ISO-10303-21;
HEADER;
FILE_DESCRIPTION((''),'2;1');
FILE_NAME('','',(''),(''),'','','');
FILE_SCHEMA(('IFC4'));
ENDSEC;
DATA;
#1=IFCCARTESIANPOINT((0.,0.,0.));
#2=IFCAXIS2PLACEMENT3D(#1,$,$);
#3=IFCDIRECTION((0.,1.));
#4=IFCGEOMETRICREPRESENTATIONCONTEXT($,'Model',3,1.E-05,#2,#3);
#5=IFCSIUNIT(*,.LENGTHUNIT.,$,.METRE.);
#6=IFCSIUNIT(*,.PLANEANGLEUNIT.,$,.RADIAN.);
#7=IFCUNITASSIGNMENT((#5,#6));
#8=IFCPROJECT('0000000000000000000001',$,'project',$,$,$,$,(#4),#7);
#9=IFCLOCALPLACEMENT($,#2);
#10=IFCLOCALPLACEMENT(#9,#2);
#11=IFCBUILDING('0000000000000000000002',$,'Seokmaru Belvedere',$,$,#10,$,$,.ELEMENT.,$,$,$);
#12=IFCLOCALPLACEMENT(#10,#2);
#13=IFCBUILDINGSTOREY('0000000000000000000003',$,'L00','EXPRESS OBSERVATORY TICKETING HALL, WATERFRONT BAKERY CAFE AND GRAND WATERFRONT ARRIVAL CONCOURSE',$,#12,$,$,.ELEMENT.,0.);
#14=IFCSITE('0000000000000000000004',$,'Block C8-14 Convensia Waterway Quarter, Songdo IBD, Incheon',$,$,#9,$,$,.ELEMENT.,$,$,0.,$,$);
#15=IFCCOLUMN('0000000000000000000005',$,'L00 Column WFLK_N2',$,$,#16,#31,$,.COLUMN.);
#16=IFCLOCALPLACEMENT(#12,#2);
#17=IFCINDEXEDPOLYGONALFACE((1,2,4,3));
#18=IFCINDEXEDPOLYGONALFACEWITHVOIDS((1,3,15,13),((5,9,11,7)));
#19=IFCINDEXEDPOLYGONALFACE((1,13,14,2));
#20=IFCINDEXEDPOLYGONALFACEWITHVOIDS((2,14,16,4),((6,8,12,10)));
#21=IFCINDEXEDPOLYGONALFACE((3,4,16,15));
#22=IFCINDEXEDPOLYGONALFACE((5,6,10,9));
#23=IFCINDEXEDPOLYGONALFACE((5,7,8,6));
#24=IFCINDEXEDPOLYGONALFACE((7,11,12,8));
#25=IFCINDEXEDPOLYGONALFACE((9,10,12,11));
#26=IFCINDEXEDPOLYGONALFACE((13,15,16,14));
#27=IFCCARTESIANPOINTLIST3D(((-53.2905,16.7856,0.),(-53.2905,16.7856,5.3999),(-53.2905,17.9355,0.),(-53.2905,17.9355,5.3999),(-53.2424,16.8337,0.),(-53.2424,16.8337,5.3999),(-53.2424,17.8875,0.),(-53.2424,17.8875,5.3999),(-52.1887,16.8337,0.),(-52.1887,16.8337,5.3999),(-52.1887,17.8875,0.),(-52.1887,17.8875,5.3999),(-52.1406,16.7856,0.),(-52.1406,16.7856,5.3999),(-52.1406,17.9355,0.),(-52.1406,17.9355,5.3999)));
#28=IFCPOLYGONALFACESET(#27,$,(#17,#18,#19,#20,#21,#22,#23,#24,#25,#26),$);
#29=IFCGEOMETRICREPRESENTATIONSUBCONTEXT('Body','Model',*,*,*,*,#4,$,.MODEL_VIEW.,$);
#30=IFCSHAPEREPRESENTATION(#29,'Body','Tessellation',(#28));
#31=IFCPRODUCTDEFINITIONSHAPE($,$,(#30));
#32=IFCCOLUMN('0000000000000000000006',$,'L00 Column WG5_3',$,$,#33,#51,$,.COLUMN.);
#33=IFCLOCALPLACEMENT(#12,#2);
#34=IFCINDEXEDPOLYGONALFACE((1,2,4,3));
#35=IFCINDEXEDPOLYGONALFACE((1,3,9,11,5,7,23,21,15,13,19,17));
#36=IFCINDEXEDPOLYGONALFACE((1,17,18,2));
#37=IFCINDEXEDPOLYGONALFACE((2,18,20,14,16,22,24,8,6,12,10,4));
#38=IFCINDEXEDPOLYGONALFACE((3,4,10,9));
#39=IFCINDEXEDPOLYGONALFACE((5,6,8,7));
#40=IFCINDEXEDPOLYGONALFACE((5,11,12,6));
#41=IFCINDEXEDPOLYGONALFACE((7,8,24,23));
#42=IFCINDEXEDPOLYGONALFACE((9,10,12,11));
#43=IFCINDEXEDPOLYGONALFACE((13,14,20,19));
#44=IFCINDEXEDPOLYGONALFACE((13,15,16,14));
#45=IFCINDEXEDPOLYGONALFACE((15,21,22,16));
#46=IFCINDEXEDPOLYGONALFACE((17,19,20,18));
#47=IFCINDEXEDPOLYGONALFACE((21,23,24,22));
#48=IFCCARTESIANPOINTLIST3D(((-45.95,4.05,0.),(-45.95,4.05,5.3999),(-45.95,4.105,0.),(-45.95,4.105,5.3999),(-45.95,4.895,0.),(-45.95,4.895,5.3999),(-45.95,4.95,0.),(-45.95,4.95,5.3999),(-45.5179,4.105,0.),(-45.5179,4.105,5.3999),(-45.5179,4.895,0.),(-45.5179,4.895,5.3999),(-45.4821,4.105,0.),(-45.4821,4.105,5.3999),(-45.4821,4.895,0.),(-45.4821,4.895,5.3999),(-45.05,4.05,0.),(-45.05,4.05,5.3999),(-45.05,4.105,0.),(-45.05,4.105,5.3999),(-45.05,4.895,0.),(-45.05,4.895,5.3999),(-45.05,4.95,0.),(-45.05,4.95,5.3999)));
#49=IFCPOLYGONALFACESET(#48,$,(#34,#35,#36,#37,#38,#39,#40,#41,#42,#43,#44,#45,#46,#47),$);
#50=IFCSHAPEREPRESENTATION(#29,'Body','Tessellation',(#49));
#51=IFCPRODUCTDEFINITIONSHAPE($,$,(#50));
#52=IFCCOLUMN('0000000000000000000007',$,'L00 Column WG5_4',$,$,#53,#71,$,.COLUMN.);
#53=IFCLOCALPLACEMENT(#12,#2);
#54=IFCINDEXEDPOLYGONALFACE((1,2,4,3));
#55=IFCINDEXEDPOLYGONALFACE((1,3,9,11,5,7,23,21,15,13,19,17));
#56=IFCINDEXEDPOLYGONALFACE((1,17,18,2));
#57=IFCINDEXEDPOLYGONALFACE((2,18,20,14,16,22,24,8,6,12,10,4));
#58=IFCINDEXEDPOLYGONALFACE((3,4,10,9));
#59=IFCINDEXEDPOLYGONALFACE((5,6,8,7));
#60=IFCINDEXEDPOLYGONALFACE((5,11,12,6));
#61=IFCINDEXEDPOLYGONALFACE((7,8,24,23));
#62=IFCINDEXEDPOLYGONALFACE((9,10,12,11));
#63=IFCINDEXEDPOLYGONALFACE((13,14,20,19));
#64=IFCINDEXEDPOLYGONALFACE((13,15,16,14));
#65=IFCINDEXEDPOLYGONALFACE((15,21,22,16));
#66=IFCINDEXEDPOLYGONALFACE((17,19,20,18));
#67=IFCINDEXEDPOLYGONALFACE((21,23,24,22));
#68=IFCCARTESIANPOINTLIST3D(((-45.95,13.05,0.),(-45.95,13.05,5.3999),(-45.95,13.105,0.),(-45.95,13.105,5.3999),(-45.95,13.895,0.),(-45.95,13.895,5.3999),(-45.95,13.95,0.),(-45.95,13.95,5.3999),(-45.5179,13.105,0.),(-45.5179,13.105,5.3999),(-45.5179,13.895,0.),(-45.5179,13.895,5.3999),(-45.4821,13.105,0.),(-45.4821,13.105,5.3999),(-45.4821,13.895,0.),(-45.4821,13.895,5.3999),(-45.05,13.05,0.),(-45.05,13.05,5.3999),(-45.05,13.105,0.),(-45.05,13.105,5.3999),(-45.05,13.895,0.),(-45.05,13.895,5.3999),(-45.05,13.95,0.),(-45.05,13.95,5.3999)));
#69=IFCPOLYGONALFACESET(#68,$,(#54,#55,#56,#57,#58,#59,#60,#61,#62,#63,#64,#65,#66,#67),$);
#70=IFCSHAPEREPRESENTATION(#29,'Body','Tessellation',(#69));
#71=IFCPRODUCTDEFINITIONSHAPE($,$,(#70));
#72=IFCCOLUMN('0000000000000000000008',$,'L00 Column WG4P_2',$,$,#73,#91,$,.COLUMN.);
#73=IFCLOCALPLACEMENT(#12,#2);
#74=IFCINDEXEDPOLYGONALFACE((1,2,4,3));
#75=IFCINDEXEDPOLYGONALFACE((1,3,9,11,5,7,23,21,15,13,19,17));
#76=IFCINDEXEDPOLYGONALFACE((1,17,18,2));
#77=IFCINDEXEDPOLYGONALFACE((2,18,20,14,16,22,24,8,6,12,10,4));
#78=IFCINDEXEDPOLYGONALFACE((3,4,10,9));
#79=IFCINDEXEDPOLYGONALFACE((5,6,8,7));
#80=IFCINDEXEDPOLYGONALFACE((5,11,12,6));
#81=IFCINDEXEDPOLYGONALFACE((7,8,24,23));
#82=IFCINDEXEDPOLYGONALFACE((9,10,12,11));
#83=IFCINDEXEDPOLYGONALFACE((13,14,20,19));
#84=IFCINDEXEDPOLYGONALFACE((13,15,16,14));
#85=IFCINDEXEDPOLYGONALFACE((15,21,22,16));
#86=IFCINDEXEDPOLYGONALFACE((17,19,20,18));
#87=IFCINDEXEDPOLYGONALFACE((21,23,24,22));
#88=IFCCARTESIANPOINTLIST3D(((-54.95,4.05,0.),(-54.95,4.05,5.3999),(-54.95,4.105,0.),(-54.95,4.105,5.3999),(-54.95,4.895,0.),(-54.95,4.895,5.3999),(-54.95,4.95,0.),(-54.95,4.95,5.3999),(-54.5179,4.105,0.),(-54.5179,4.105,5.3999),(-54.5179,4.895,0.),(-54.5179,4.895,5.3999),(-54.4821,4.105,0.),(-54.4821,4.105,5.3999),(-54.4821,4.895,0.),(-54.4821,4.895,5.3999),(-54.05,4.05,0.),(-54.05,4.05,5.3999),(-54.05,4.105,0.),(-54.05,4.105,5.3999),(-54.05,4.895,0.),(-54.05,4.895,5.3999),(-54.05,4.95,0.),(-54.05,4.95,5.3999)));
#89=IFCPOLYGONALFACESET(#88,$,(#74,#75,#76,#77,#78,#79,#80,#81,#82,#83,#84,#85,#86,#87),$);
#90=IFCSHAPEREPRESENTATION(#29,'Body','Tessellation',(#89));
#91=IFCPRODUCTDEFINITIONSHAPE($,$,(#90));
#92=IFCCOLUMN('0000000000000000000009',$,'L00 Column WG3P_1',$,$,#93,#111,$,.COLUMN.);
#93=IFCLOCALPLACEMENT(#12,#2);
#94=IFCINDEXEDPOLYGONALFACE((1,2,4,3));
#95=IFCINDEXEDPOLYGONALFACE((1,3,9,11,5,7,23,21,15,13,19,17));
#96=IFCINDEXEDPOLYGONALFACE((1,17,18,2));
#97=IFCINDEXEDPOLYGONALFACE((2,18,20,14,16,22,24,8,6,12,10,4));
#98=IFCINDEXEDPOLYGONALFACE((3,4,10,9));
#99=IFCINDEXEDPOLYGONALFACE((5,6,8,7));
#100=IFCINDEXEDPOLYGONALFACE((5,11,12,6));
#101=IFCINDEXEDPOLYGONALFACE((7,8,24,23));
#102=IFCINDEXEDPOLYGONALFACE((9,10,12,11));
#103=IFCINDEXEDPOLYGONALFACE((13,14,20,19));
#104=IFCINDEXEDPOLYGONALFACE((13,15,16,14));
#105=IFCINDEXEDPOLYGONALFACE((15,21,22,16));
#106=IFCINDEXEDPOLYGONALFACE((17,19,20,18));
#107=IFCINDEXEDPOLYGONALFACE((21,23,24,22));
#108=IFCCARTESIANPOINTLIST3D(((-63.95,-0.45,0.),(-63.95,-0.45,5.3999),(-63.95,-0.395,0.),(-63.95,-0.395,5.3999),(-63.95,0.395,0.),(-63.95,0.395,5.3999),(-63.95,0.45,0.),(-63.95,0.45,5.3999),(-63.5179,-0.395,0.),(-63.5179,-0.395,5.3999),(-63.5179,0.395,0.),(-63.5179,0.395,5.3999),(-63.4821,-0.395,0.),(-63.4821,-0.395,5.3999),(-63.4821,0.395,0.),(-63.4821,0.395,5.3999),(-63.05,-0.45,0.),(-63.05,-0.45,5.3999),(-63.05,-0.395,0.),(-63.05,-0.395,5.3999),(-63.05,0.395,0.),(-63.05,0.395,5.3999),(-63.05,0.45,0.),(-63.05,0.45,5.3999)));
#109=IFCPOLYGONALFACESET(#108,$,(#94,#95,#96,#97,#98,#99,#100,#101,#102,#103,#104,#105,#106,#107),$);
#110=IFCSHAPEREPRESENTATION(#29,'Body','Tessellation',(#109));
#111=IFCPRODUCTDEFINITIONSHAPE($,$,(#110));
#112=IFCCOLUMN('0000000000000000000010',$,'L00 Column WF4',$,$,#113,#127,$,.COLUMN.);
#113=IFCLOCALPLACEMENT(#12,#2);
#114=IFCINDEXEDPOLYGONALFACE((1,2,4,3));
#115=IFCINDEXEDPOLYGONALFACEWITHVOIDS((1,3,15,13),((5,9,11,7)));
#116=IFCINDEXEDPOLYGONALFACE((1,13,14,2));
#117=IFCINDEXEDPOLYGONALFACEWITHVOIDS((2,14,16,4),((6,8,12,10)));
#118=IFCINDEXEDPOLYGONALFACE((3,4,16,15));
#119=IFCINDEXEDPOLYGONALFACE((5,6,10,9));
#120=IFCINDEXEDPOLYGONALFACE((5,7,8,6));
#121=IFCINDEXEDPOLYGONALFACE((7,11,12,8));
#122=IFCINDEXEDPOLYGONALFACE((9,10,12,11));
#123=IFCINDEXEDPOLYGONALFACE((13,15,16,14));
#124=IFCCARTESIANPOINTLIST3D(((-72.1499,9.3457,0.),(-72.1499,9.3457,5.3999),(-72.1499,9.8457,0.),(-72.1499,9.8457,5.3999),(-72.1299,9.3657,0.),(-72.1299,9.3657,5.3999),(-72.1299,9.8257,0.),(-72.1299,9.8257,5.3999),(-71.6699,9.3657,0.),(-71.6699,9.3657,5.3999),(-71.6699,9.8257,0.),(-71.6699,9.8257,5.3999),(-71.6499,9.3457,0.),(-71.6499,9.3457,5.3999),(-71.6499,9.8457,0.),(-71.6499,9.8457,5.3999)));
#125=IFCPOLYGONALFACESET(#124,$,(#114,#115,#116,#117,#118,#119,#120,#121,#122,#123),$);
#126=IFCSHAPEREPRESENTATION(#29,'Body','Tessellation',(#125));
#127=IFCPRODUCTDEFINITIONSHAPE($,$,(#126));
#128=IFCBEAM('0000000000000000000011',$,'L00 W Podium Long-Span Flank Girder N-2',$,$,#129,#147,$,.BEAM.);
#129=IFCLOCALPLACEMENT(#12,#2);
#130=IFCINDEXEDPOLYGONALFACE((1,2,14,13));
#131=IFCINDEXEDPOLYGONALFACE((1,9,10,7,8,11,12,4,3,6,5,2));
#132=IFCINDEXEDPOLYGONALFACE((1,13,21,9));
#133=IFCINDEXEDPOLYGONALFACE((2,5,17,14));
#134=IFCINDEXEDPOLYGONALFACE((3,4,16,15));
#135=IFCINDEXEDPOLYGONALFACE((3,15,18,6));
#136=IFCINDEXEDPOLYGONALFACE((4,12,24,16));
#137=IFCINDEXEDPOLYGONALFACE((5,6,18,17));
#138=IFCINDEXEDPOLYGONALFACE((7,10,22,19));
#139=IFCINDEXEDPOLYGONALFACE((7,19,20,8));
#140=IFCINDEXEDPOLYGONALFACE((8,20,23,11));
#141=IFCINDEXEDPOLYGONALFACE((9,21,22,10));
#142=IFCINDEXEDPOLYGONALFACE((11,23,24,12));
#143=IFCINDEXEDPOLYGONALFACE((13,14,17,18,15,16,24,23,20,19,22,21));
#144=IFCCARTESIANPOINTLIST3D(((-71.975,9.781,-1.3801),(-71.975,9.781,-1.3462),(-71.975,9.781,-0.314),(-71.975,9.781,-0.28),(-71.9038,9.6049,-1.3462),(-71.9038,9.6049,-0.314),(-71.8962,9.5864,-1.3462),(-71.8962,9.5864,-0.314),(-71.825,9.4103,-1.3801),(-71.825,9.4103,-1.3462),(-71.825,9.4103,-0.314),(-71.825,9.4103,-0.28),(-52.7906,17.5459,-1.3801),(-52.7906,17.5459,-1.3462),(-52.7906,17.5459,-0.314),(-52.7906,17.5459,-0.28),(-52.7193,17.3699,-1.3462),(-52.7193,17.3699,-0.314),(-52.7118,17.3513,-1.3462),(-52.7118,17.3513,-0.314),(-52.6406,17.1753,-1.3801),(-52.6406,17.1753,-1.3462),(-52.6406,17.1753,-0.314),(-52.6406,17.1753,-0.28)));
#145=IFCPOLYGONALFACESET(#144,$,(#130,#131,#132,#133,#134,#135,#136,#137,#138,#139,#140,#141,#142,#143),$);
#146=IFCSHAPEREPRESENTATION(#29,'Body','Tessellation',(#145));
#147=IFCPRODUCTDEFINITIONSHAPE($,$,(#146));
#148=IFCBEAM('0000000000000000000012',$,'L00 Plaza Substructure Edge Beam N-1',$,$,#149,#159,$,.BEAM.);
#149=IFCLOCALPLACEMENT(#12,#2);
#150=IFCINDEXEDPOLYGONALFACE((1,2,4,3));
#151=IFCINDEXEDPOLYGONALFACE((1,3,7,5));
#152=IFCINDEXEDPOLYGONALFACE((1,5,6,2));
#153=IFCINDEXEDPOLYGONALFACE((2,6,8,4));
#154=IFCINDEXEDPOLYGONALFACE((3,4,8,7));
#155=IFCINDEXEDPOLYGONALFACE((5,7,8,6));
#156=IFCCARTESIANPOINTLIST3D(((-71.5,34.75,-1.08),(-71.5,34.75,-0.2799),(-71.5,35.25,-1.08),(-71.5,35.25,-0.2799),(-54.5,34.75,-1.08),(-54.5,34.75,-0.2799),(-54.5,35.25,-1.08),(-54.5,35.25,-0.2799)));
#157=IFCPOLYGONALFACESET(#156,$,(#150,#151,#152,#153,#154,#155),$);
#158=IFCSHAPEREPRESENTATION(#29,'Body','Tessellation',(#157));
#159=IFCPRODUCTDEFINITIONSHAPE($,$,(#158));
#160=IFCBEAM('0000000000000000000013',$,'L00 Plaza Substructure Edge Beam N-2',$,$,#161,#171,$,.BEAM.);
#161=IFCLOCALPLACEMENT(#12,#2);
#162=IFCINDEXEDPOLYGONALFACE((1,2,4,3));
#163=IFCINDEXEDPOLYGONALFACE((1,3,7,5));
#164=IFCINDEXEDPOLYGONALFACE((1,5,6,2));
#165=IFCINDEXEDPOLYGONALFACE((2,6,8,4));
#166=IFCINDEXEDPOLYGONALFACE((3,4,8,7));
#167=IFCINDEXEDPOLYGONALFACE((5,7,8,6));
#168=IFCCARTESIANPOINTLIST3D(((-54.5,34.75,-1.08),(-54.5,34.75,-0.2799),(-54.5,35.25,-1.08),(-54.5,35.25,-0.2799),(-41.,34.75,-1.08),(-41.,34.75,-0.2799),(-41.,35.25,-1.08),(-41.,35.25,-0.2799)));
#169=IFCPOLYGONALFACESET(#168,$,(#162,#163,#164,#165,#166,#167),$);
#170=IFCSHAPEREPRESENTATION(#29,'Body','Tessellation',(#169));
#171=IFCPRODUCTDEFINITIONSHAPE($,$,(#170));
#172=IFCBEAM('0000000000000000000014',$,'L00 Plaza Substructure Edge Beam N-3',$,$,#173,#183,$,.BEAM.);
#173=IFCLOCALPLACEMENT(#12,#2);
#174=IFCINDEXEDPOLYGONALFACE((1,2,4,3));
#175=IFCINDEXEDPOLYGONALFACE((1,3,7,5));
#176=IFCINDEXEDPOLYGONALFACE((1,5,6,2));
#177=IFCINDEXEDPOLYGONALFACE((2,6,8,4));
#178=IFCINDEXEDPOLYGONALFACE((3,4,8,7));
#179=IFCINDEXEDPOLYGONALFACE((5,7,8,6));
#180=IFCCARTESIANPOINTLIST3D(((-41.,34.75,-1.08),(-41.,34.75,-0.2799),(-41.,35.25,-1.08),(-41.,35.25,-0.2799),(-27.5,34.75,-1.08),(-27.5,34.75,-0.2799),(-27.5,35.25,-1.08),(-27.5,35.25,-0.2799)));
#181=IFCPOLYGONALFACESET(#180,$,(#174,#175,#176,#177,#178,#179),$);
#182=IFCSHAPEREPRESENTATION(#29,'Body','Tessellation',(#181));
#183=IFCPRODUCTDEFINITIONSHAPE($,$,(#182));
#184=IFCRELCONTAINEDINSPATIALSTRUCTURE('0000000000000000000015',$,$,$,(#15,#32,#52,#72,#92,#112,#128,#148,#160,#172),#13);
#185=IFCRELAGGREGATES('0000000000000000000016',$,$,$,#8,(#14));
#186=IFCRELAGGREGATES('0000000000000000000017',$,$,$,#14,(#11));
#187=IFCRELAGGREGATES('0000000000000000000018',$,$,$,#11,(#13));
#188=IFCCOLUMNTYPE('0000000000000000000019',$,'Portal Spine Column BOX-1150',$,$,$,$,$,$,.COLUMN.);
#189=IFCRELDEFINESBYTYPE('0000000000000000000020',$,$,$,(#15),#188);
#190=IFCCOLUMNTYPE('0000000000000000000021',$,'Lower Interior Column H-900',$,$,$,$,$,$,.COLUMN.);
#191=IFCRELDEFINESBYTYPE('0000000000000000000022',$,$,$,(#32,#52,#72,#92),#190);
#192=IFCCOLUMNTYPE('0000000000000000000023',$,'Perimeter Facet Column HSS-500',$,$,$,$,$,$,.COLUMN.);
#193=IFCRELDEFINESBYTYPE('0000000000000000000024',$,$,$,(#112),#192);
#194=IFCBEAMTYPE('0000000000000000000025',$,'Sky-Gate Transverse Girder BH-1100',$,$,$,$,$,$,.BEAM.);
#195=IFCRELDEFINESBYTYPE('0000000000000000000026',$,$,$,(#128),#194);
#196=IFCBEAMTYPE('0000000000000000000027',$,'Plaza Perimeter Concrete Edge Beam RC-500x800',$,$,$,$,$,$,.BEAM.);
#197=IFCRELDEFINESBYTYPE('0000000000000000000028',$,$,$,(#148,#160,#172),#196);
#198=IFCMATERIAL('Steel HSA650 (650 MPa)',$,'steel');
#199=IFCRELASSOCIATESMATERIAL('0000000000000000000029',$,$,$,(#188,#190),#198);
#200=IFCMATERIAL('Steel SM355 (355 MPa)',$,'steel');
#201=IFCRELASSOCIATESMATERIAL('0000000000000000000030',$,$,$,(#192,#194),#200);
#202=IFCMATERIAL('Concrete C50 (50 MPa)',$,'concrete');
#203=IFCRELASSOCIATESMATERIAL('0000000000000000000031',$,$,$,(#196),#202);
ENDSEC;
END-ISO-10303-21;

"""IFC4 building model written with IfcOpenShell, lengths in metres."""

from ifc_helpers import new_model, si_unit, direction, frame, origin, origin_2d, place, context, subcontext, project, spatial, rectangle, hollow_rectangle, i_section, extrude, source, transform, mapped, material, material_profile, profile_set, type_object, type_shapes, element, save


model = new_model("IFC4")

# Units and contexts
model_context = context("Model", 3, precision=1e-05, world=origin(), true_north=direction((0.0, 1.0)))
body_context = subcontext(model_context, "Body", "Model", "MODEL_VIEW")
ifc_project = project(units=[si_unit("LENGTHUNIT", "METRE"), si_unit("PLANEANGLEUNIT", "RADIAN")], contexts=[model_context])

# Site, building, storey
site_placement = place(None, origin())
site = spatial("IfcSite", under=ifc_project, at=site_placement, Name="Block C8-14 Convensia Waterway Quarter, Songdo IBD, Incheon", CompositionType="ELEMENT", RefElevation=0.0)
building_placement = place(site_placement, origin())
building = spatial("IfcBuilding", under=site, at=building_placement, Name="Seokmaru Belvedere", CompositionType="ELEMENT")
storey_placement = place(building_placement, origin())
storey = spatial("IfcBuildingStorey", under=building, at=storey_placement, Name="L00", Description="EXPRESS OBSERVATORY TICKETING HALL, WATERFRONT BAKERY CAFE AND GRAND WATERFRONT ARRIVAL CONCOURSE", CompositionType="ELEMENT", Elevation=0.0)

# Columns
ifc_material_1 = material(Name="Steel HSA650 (650 MPa)", Category="steel")
ifc_material_profile_1 = material_profile(ifc_material_1, hollow_rectangle(XDim=1.1499, YDim=1.1499, WallThickness=0.0481, at=origin_2d()), Name="BOX-1150x1150x48")
ifc_profile_set_1 = profile_set([ifc_material_profile_1], Name="Steel HSA650 (650 MPa)")
column_type_1 = type_object("IfcColumnType", Name="Portal Spine Column BOX-1150", PredefinedType="COLUMN", material=ifc_profile_set_1)
shared_shape_1 = source(origin(), body_context, "Body", "SweptSolid", [
    extrude(hollow_rectangle(XDim=1.1499, YDim=1.1499, WallThickness=0.0481, at=origin_2d()), origin(), (0.0, 0.0, 1.0), 5.3999),
])
type_shapes(column_type_1, [shared_shape_1])
column_1_placement = place(storey_placement, frame((-52.7156, 17.3606, 0.0), z_axis=(0.0, 0.0, 1.0), x_axis=(1.0, 0.0, 0.0)))
element("IfcColumn", 1, at=column_1_placement, inside=storey, type_object=column_type_1, Name="L00 Column WFLK_N2", PredefinedType="COLUMN", context=body_context, shape_type="MappedRepresentation", body=[
    mapped(shared_shape_1, transform((0.0, 0.0, 0.0), scale=1.0)),
])
ifc_material_profile_2 = material_profile(ifc_material_1, i_section(OverallWidth=0.8999, OverallDepth=0.8999, WebThickness=0.0359, FlangeThickness=0.0549, at=origin_2d()), Name="H-900x900x36x55")
ifc_profile_set_2 = profile_set([ifc_material_profile_2], Name="Steel HSA650 (650 MPa)")
column_type_2 = type_object("IfcColumnType", Name="Lower Interior Column H-900", PredefinedType="COLUMN", material=ifc_profile_set_2)
shared_shape_2 = source(origin(), body_context, "Body", "SweptSolid", [
    extrude(i_section(OverallWidth=0.8999, OverallDepth=0.8999, WebThickness=0.0359, FlangeThickness=0.0549, at=origin_2d()), origin(), (0.0, 0.0, 1.0), 5.3999),
])
type_shapes(column_type_2, [shared_shape_2])
for number, where, z_axis, x_axis, name in (
    (2, (-45.5, 4.5, 0.0), (0.0, 0.0, 1.0), (1.0, 0.0, 0.0), "L00 Column WG5_3"),
    (3, (-45.5, 13.5, 0.0), (0.0, 0.0, 1.0), (1.0, 0.0, 0.0), "L00 Column WG5_4"),
    (4, (-54.5, 4.5, 0.0), (0.0, 0.0, 1.0), (1.0, 0.0, 0.0), "L00 Column WG4P_2"),
    (5, (-63.5, 0.0, 0.0), (0.0, 0.0, 1.0), (1.0, 0.0, 0.0), "L00 Column WG3P_1"),
):
    element("IfcColumn", number, at=place(storey_placement, frame(where, z_axis=z_axis, x_axis=x_axis)), inside=storey, type_object=column_type_2, Name=name, PredefinedType="COLUMN", context=body_context, shape_type="MappedRepresentation", body=[
        mapped(shared_shape_2, transform((0.0, 0.0, 0.0), scale=1.0)),
    ])
ifc_material_2 = material(Name="Steel SM355 (355 MPa)", Category="steel")
ifc_material_profile_3 = material_profile(ifc_material_2, hollow_rectangle(XDim=0.5, YDim=0.5, WallThickness=0.02, at=origin_2d()), Name="HSS-500x500x20")
ifc_profile_set_3 = profile_set([ifc_material_profile_3], Name="Steel SM355 (355 MPa)")
column_type_3 = type_object("IfcColumnType", Name="Perimeter Facet Column HSS-500", PredefinedType="COLUMN", material=ifc_profile_set_3)
shared_shape_3 = source(origin(), body_context, "Body", "SweptSolid", [
    extrude(hollow_rectangle(XDim=0.5, YDim=0.5, WallThickness=0.02, at=origin_2d()), origin(), (0.0, 0.0, 1.0), 5.3999),
])
type_shapes(column_type_3, [shared_shape_3])
column_2_placement = place(storey_placement, frame((-71.8999, 9.5957, 0.0), z_axis=(0.0, 0.0, 1.0), x_axis=(1.0, 0.0, 0.0)))
element("IfcColumn", 6, at=column_2_placement, inside=storey, type_object=column_type_3, Name="L00 Column WF4", PredefinedType="COLUMN", context=body_context, shape_type="MappedRepresentation", body=[
    mapped(shared_shape_3, transform((0.0, 0.0, 0.0), scale=1.0)),
])

# Beams
ifc_material_profile_4 = material_profile(ifc_material_2, i_section(OverallWidth=0.3999, OverallDepth=1.1001, WebThickness=0.02, FlangeThickness=0.0339, at=origin_2d()), Name="BH-1100x400x20x34")
ifc_profile_set_4 = profile_set([ifc_material_profile_4], Name="Steel SM355 (355 MPa)")
beam_type_1 = type_object("IfcBeamType", Name="Sky-Gate Transverse Girder BH-1100", PredefinedType="BEAM", material=ifc_profile_set_4)
shared_shape_4 = source(origin(), body_context, "Body", "SweptSolid", [
    extrude(i_section(OverallWidth=0.3999, OverallDepth=1.1001, WebThickness=0.02, FlangeThickness=0.0339, at=origin_2d()), origin(), (0.0, 0.0, 1.0), 20.6963),
])
beam_1_placement = place(storey_placement, frame((-52.7156, 17.3606, -0.8301), z_axis=(-0.92695, -0.375185, 0.0), x_axis=(0.375185, -0.92695, 0.0)))
element("IfcBeam", 7, at=beam_1_placement, inside=storey, type_object=beam_type_1, Name="L00 W Podium Long-Span Flank Girder N-2", PredefinedType="BEAM", context=body_context, shape_type="MappedRepresentation", body=[
    mapped(shared_shape_4, transform((0.0, 0.0, 0.0), scale=1.0)),
])
ifc_material_3 = material(Name="Concrete C50 (50 MPa)", Category="concrete")
ifc_material_profile_5 = material_profile(ifc_material_3, rectangle(XDim=0.5, YDim=0.8, at=origin_2d()), Name="RC-500x800")
ifc_profile_set_5 = profile_set([ifc_material_profile_5], Name="Concrete C50 (50 MPa)")
beam_type_2 = type_object("IfcBeamType", Name="Plaza Perimeter Concrete Edge Beam RC-500x800", PredefinedType="BEAM", material=ifc_profile_set_5)
shared_shape_5 = source(origin(), body_context, "Body", "SweptSolid", [
    extrude(rectangle(XDim=0.5, YDim=0.8, at=origin_2d()), origin(), (0.0, 0.0, 1.0), 17.0),
])
beam_2_placement = place(storey_placement, frame((-71.5, 35.0, -0.6799), z_axis=(1.0, 0.0, 0.0), x_axis=(0.0, 1.0, 0.0)))
element("IfcBeam", 8, at=beam_2_placement, inside=storey, type_object=beam_type_2, Name="L00 Plaza Substructure Edge Beam N-1", PredefinedType="BEAM", context=body_context, shape_type="MappedRepresentation", body=[
    mapped(shared_shape_5, transform((0.0, 0.0, 0.0), scale=1.0)),
])
shared_shape_6 = source(origin(), body_context, "Body", "SweptSolid", [
    extrude(rectangle(XDim=0.5, YDim=0.8, at=origin_2d()), origin(), (0.0, 0.0, 1.0), 13.5),
])
for number, where, z_axis, x_axis, name in (
    (9, (-54.5, 35.0, -0.6799), (1.0, 0.0, 0.0), (0.0, 1.0, 0.0), "L00 Plaza Substructure Edge Beam N-2"),
    (10, (-41.0, 35.0, -0.6799), (1.0, 0.0, 0.0), (0.0, 1.0, 0.0), "L00 Plaza Substructure Edge Beam N-3"),
):
    element("IfcBeam", number, at=place(storey_placement, frame(where, z_axis=z_axis, x_axis=x_axis)), inside=storey, type_object=beam_type_2, Name=name, PredefinedType="BEAM", context=body_context, shape_type="MappedRepresentation", body=[
        mapped(shared_shape_6, transform((0.0, 0.0, 0.0), scale=1.0)),
    ])

save(model, "model.ifc")
